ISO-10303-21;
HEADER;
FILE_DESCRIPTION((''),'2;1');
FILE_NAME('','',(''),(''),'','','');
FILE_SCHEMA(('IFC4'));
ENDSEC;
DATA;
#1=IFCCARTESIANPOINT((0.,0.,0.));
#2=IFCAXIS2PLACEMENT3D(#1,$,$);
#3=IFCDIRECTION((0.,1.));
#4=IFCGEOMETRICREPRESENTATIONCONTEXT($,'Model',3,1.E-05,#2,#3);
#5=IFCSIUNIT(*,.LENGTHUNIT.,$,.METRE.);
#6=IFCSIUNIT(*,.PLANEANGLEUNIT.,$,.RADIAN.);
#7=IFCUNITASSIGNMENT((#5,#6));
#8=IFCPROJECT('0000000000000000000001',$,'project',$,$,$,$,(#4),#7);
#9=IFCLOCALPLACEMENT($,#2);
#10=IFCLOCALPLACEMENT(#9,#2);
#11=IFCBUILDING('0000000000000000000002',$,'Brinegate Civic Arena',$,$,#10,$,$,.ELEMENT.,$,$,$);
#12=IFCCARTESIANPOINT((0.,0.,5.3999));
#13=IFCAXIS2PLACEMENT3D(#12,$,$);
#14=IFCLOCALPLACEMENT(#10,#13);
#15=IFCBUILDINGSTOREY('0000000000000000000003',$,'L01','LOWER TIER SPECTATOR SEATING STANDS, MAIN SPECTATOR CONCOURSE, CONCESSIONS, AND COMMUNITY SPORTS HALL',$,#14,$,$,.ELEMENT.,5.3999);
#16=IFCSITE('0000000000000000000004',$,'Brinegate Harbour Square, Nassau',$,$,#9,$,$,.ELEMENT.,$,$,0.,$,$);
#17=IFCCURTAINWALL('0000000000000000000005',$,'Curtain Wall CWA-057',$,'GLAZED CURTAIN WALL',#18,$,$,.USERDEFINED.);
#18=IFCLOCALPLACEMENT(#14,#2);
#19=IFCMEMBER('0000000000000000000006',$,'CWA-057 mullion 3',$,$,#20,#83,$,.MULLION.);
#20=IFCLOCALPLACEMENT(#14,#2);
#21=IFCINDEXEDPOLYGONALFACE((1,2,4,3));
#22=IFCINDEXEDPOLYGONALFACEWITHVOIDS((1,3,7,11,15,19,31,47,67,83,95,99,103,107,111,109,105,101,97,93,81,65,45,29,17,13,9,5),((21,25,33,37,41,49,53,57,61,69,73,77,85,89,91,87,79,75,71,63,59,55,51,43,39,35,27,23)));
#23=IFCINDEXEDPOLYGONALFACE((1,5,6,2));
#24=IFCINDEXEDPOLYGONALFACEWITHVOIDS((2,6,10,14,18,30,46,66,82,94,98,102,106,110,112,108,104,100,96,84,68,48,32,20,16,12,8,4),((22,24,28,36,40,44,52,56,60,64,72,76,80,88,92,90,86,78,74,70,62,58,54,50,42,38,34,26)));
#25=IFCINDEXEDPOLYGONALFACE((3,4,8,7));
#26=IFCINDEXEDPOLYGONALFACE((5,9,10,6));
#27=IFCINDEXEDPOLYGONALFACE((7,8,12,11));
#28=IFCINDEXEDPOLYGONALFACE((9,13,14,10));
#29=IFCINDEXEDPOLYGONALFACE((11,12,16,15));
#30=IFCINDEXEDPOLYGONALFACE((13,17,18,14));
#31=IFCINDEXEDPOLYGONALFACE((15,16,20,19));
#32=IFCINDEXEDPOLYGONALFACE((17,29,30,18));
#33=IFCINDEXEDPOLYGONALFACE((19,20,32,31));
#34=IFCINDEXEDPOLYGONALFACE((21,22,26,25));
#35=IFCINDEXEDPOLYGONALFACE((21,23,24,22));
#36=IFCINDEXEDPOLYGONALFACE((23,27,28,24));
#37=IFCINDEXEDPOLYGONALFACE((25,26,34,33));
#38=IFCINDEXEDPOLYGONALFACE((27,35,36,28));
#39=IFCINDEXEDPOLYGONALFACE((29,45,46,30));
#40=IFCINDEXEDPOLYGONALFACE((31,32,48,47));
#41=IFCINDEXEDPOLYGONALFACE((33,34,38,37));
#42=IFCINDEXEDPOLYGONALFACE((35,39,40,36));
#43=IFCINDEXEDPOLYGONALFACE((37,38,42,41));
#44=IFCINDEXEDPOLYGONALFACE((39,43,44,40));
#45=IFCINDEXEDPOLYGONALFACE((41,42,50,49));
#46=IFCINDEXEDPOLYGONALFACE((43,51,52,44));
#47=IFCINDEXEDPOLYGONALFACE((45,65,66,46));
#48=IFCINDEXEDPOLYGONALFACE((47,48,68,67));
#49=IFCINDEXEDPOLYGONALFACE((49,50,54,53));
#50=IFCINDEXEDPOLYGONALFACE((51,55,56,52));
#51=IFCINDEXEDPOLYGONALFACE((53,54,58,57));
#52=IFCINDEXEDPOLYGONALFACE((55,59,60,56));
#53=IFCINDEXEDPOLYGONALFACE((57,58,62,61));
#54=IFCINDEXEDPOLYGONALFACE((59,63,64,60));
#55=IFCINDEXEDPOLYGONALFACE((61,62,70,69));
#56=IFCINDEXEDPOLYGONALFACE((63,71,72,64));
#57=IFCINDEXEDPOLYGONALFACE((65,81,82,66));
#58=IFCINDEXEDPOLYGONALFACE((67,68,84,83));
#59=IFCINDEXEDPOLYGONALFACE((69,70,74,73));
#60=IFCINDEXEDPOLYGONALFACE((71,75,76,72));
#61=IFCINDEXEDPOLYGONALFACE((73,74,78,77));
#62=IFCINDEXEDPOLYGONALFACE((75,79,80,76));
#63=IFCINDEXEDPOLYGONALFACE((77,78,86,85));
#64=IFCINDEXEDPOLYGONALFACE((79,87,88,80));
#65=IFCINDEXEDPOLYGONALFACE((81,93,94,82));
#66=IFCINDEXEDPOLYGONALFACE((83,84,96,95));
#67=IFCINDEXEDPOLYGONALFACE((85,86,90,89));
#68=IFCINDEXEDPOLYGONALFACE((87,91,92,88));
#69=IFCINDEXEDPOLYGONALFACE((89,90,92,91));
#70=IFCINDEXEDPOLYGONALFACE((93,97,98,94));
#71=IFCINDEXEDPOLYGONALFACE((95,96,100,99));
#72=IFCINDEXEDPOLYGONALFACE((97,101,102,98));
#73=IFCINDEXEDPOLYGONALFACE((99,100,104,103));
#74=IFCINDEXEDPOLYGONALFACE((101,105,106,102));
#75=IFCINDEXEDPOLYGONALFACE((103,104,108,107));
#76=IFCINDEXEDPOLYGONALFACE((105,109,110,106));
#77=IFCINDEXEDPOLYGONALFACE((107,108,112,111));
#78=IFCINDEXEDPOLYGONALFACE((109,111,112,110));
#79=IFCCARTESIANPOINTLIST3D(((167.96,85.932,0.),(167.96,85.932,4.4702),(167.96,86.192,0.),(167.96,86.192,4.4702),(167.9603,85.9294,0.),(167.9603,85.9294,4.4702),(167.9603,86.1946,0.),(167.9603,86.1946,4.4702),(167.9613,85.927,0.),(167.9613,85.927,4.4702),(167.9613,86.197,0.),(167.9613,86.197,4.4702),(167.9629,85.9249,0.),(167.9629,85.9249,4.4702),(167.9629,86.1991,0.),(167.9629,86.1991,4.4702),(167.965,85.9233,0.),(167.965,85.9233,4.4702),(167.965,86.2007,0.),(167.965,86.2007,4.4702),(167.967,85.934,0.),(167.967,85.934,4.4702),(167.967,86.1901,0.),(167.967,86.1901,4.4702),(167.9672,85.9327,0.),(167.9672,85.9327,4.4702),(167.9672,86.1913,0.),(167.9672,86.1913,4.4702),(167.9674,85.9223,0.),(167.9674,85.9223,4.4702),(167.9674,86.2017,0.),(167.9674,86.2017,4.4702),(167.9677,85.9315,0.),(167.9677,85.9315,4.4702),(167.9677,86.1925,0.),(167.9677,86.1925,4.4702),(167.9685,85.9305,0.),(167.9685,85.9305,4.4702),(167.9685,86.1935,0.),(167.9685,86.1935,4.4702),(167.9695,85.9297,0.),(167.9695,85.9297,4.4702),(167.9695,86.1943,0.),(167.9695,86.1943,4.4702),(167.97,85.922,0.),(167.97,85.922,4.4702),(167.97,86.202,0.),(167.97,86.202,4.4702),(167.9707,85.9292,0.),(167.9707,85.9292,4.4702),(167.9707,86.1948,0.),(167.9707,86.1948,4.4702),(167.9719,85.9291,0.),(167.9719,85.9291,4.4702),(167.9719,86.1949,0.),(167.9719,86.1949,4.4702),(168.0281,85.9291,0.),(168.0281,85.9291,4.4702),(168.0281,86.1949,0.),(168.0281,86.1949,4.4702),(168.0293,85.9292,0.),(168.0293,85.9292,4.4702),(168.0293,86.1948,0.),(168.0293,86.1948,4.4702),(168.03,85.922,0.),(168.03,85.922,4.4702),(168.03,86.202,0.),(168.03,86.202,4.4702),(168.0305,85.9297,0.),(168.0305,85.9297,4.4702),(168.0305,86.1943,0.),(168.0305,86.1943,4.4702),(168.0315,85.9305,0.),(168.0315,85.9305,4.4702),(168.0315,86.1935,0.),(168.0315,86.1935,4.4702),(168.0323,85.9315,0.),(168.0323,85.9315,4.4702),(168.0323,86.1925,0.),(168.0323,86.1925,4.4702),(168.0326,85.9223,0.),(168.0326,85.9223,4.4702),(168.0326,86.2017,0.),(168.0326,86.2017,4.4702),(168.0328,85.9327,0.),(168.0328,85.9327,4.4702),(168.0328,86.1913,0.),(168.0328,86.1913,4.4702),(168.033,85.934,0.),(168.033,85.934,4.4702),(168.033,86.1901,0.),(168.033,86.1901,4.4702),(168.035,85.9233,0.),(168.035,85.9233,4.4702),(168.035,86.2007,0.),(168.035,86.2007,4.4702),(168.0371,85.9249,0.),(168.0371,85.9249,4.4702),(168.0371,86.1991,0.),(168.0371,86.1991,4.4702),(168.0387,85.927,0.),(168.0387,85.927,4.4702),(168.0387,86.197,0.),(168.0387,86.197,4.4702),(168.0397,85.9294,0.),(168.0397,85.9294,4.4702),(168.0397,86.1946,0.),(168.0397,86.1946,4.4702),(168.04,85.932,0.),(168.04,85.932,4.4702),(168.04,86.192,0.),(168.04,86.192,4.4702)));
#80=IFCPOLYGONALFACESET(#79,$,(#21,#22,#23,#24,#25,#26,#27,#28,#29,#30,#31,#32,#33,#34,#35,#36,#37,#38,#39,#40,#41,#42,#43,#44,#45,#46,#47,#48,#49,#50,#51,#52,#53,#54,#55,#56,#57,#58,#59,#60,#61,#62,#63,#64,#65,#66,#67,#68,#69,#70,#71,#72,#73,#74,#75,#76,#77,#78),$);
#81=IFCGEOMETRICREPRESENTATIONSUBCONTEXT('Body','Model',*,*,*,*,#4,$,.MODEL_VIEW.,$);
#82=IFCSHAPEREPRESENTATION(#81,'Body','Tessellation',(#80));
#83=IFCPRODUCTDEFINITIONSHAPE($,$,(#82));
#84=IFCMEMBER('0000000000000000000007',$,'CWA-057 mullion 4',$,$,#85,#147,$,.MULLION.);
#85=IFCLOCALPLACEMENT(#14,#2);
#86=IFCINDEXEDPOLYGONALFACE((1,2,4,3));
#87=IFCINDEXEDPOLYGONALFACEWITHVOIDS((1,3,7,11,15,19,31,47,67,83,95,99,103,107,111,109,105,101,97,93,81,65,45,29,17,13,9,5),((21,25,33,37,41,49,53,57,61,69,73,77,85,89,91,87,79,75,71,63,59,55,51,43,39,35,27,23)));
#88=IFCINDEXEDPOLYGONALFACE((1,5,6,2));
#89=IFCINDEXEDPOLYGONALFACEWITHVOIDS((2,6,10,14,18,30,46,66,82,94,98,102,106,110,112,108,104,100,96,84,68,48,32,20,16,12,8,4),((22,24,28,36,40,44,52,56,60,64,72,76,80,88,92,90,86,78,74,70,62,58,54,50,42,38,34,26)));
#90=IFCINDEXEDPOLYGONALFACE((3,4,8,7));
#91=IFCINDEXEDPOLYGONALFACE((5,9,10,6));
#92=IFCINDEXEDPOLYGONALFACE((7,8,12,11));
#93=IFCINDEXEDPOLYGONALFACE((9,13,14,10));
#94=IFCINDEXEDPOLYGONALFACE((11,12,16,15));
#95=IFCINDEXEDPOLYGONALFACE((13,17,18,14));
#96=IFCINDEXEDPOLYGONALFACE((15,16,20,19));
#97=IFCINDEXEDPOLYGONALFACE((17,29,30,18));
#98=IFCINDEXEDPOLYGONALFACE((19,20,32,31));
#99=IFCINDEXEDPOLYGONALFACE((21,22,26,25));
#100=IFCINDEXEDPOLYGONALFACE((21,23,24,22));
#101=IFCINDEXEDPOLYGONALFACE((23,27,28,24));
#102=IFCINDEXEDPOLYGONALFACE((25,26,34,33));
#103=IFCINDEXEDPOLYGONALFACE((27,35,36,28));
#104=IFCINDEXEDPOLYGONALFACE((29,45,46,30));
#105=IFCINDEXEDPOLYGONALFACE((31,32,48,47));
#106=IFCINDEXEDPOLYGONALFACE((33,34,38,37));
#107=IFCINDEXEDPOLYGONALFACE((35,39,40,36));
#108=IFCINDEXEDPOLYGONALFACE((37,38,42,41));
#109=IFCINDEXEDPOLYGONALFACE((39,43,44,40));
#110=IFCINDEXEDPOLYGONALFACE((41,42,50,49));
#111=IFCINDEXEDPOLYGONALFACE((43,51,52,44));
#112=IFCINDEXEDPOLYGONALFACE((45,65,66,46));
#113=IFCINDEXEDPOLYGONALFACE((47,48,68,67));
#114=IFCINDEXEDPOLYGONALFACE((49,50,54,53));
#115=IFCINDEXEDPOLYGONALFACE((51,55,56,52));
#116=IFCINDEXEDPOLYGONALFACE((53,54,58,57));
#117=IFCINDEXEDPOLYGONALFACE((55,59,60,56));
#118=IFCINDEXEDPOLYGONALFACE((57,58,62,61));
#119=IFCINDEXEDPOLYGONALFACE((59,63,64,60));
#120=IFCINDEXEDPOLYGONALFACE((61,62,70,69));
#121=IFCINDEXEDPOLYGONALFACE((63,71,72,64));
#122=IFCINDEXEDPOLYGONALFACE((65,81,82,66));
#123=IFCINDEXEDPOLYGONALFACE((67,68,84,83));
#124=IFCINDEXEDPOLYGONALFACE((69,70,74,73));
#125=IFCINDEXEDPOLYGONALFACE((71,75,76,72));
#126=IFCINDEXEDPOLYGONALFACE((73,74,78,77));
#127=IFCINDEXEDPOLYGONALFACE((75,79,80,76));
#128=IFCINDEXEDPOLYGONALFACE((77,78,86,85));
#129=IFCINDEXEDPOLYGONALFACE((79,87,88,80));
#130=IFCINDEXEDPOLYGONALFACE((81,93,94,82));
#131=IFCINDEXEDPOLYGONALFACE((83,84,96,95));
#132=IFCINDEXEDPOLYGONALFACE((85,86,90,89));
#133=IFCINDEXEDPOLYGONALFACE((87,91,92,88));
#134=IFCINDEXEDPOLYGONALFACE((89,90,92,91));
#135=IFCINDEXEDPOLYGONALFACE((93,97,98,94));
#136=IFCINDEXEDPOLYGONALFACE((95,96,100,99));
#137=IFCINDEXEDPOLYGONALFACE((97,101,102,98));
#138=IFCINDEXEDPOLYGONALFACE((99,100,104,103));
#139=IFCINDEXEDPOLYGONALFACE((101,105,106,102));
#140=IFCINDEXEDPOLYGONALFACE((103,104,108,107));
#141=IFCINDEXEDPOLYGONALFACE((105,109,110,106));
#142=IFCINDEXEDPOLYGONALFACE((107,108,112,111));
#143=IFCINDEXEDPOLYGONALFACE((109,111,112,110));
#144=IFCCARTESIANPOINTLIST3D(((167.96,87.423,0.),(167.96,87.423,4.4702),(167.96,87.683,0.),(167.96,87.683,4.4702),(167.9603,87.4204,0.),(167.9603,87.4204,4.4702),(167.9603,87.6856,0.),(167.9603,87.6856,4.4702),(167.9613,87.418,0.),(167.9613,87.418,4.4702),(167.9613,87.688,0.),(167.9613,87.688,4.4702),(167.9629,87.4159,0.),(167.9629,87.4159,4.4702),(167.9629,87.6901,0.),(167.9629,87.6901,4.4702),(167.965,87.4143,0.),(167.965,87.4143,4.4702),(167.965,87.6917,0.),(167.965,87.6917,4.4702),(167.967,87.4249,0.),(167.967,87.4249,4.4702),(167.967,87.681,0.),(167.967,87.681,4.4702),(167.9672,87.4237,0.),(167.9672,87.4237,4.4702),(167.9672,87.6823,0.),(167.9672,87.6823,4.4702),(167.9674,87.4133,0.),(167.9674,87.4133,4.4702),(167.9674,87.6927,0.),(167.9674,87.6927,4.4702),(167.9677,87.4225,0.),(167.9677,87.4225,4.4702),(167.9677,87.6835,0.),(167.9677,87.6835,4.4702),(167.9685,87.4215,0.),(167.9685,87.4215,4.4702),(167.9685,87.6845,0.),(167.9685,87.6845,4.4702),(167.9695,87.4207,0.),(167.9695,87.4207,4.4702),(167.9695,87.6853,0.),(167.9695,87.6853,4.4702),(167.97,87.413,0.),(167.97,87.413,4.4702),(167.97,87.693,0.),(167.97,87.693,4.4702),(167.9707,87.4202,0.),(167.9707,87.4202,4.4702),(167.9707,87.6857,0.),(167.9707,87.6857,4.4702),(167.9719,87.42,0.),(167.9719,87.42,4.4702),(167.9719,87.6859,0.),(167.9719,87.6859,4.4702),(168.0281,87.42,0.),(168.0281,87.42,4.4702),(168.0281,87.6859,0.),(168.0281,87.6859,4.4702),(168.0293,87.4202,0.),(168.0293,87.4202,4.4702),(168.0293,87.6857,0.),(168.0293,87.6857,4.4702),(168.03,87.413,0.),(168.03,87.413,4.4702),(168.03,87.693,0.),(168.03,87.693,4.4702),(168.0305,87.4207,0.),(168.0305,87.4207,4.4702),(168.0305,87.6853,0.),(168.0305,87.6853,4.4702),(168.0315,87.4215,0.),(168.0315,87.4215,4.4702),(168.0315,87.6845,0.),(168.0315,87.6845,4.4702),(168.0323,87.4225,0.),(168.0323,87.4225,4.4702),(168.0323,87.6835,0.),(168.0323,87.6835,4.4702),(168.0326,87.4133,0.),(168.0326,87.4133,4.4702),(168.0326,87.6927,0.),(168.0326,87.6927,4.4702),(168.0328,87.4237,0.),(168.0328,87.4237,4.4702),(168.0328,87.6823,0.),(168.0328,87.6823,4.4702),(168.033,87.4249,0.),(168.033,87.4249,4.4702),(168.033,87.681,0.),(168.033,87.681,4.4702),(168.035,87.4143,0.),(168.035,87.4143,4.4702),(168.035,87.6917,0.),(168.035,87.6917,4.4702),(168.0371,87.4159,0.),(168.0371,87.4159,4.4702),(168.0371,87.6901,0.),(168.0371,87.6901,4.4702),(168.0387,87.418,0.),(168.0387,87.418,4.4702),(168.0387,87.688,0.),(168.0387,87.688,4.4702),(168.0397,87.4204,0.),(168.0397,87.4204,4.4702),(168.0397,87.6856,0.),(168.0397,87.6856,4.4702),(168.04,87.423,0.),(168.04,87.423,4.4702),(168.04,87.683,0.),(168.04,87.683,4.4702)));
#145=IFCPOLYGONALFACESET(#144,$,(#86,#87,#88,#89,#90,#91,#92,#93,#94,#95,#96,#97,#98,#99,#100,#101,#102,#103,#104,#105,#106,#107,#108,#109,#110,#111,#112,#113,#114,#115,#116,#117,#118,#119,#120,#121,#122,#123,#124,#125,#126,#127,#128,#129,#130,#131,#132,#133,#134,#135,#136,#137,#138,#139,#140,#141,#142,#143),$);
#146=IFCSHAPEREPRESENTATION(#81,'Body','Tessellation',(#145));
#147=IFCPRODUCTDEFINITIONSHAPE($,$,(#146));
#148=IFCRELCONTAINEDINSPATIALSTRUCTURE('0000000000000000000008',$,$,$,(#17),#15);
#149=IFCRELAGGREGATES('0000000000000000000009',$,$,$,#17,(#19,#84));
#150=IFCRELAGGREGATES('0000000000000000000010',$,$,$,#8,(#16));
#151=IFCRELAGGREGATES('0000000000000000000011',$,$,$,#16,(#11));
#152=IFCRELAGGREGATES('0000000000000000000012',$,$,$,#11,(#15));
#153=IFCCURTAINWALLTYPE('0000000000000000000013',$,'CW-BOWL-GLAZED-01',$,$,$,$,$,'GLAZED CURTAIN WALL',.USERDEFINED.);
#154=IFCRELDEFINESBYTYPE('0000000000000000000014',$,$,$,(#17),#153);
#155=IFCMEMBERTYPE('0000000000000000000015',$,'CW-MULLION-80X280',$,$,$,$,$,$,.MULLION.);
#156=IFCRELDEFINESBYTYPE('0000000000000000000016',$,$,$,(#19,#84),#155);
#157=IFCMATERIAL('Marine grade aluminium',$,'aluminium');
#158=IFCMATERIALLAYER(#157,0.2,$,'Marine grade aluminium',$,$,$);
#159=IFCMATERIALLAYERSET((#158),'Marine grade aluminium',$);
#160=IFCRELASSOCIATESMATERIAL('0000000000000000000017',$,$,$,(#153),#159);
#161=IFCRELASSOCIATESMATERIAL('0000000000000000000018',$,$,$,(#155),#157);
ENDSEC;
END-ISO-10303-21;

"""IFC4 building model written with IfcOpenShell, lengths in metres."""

from ifc_helpers import new_model, si_unit, direction, frame, origin, origin_2d, place, context, subcontext, project, spatial, hollow_rectangle, extrude, material, layer, layer_set, material_profile, profile_set, type_object, element, aggregate, save


model = new_model("IFC4")

# Units and contexts
model_context = context("Model", 3, precision=1e-05, world=origin(), true_north=direction((0.0, 1.0)))
body_context = subcontext(model_context, "Body", "Model", "MODEL_VIEW")
ifc_project = project(units=[si_unit("LENGTHUNIT", "METRE"), si_unit("PLANEANGLEUNIT", "RADIAN")], contexts=[model_context])

# Site, building, storey
site_placement = place(None, origin())
site = spatial("IfcSite", under=ifc_project, at=site_placement, Name="Brinegate Harbour Square, Nassau", CompositionType="ELEMENT", RefElevation=0.0)
building_placement = place(site_placement, origin())
building = spatial("IfcBuilding", under=site, at=building_placement, Name="Brinegate Civic Arena", CompositionType="ELEMENT")
storey_placement = place(building_placement, frame((0.0, 0.0, 5.3999)))
storey = spatial("IfcBuildingStorey", under=building, at=storey_placement, Name="L01", Description="LOWER TIER SPECTATOR SEATING STANDS, MAIN SPECTATOR CONCOURSE, CONCESSIONS, AND COMMUNITY SPORTS HALL", CompositionType="ELEMENT", Elevation=5.3999)

# Curtain wall, members
ifc_material_1 = material(Name="Marine grade aluminium", Category="aluminium")
ifc_layer_1 = layer(ifc_material_1, 0.2, Name="Marine grade aluminium")
ifc_layer_set_1 = layer_set([ifc_layer_1], Name="Marine grade aluminium")
curtain_wall_type = type_object("IfcCurtainWallType", Name="CW-BOWL-GLAZED-01", ElementType="GLAZED CURTAIN WALL", PredefinedType="USERDEFINED", material=ifc_layer_set_1)
curtain_wall_placement = place(storey_placement, origin())
curtain_wall = element("IfcCurtainWall", 1, at=curtain_wall_placement, inside=storey, type_object=curtain_wall_type, Name="Curtain Wall CWA-057", ObjectType="GLAZED CURTAIN WALL", PredefinedType="USERDEFINED")
ifc_material_profile_1 = material_profile(ifc_material_1, hollow_rectangle(XDim=0.0801, YDim=0.28, WallThickness=0.0071, InnerFilletRadius=0.0049, OuterFilletRadius=0.01, at=origin_2d()), Name="MUL80X280")
ifc_profile_set_1 = profile_set([ifc_material_profile_1], Name="Marine grade aluminium")
member_type_1 = type_object("IfcMemberType", Name="CW-MULLION-80X280", PredefinedType="MULLION", material=ifc_profile_set_1)
member_1_placement = place(storey_placement, frame((168.0, 86.062, 0.0), z_axis=(0.0, 0.0, 1.0), x_axis=(-1.0, 0.0, 0.0)))
member_1 = element("IfcMember", 2, at=member_1_placement, type_object=member_type_1, Name="CWA-057 mullion 3", PredefinedType="MULLION", context=body_context, shape_type="SweptSolid", body=[
    extrude(hollow_rectangle(XDim=0.0801, YDim=0.28, WallThickness=0.0071, InnerFilletRadius=0.0049, OuterFilletRadius=0.01, at=origin_2d()), origin(), (0.0, 0.0, 1.0), 4.4702),
])
member_2_placement = place(storey_placement, frame((168.0, 87.553, 0.0), z_axis=(0.0, 0.0, 1.0), x_axis=(-1.0, 0.0, 0.0)))
member_2 = element("IfcMember", 3, at=member_2_placement, type_object=member_type_1, Name="CWA-057 mullion 4", PredefinedType="MULLION", context=body_context, shape_type="SweptSolid", body=[
    extrude(hollow_rectangle(XDim=0.0801, YDim=0.28, WallThickness=0.0071, InnerFilletRadius=0.0049, OuterFilletRadius=0.01, at=origin_2d()), origin(), (0.0, 0.0, 1.0), 4.4702),
])
aggregate(curtain_wall, [member_1, member_2])

save(model, "model.ifc")
